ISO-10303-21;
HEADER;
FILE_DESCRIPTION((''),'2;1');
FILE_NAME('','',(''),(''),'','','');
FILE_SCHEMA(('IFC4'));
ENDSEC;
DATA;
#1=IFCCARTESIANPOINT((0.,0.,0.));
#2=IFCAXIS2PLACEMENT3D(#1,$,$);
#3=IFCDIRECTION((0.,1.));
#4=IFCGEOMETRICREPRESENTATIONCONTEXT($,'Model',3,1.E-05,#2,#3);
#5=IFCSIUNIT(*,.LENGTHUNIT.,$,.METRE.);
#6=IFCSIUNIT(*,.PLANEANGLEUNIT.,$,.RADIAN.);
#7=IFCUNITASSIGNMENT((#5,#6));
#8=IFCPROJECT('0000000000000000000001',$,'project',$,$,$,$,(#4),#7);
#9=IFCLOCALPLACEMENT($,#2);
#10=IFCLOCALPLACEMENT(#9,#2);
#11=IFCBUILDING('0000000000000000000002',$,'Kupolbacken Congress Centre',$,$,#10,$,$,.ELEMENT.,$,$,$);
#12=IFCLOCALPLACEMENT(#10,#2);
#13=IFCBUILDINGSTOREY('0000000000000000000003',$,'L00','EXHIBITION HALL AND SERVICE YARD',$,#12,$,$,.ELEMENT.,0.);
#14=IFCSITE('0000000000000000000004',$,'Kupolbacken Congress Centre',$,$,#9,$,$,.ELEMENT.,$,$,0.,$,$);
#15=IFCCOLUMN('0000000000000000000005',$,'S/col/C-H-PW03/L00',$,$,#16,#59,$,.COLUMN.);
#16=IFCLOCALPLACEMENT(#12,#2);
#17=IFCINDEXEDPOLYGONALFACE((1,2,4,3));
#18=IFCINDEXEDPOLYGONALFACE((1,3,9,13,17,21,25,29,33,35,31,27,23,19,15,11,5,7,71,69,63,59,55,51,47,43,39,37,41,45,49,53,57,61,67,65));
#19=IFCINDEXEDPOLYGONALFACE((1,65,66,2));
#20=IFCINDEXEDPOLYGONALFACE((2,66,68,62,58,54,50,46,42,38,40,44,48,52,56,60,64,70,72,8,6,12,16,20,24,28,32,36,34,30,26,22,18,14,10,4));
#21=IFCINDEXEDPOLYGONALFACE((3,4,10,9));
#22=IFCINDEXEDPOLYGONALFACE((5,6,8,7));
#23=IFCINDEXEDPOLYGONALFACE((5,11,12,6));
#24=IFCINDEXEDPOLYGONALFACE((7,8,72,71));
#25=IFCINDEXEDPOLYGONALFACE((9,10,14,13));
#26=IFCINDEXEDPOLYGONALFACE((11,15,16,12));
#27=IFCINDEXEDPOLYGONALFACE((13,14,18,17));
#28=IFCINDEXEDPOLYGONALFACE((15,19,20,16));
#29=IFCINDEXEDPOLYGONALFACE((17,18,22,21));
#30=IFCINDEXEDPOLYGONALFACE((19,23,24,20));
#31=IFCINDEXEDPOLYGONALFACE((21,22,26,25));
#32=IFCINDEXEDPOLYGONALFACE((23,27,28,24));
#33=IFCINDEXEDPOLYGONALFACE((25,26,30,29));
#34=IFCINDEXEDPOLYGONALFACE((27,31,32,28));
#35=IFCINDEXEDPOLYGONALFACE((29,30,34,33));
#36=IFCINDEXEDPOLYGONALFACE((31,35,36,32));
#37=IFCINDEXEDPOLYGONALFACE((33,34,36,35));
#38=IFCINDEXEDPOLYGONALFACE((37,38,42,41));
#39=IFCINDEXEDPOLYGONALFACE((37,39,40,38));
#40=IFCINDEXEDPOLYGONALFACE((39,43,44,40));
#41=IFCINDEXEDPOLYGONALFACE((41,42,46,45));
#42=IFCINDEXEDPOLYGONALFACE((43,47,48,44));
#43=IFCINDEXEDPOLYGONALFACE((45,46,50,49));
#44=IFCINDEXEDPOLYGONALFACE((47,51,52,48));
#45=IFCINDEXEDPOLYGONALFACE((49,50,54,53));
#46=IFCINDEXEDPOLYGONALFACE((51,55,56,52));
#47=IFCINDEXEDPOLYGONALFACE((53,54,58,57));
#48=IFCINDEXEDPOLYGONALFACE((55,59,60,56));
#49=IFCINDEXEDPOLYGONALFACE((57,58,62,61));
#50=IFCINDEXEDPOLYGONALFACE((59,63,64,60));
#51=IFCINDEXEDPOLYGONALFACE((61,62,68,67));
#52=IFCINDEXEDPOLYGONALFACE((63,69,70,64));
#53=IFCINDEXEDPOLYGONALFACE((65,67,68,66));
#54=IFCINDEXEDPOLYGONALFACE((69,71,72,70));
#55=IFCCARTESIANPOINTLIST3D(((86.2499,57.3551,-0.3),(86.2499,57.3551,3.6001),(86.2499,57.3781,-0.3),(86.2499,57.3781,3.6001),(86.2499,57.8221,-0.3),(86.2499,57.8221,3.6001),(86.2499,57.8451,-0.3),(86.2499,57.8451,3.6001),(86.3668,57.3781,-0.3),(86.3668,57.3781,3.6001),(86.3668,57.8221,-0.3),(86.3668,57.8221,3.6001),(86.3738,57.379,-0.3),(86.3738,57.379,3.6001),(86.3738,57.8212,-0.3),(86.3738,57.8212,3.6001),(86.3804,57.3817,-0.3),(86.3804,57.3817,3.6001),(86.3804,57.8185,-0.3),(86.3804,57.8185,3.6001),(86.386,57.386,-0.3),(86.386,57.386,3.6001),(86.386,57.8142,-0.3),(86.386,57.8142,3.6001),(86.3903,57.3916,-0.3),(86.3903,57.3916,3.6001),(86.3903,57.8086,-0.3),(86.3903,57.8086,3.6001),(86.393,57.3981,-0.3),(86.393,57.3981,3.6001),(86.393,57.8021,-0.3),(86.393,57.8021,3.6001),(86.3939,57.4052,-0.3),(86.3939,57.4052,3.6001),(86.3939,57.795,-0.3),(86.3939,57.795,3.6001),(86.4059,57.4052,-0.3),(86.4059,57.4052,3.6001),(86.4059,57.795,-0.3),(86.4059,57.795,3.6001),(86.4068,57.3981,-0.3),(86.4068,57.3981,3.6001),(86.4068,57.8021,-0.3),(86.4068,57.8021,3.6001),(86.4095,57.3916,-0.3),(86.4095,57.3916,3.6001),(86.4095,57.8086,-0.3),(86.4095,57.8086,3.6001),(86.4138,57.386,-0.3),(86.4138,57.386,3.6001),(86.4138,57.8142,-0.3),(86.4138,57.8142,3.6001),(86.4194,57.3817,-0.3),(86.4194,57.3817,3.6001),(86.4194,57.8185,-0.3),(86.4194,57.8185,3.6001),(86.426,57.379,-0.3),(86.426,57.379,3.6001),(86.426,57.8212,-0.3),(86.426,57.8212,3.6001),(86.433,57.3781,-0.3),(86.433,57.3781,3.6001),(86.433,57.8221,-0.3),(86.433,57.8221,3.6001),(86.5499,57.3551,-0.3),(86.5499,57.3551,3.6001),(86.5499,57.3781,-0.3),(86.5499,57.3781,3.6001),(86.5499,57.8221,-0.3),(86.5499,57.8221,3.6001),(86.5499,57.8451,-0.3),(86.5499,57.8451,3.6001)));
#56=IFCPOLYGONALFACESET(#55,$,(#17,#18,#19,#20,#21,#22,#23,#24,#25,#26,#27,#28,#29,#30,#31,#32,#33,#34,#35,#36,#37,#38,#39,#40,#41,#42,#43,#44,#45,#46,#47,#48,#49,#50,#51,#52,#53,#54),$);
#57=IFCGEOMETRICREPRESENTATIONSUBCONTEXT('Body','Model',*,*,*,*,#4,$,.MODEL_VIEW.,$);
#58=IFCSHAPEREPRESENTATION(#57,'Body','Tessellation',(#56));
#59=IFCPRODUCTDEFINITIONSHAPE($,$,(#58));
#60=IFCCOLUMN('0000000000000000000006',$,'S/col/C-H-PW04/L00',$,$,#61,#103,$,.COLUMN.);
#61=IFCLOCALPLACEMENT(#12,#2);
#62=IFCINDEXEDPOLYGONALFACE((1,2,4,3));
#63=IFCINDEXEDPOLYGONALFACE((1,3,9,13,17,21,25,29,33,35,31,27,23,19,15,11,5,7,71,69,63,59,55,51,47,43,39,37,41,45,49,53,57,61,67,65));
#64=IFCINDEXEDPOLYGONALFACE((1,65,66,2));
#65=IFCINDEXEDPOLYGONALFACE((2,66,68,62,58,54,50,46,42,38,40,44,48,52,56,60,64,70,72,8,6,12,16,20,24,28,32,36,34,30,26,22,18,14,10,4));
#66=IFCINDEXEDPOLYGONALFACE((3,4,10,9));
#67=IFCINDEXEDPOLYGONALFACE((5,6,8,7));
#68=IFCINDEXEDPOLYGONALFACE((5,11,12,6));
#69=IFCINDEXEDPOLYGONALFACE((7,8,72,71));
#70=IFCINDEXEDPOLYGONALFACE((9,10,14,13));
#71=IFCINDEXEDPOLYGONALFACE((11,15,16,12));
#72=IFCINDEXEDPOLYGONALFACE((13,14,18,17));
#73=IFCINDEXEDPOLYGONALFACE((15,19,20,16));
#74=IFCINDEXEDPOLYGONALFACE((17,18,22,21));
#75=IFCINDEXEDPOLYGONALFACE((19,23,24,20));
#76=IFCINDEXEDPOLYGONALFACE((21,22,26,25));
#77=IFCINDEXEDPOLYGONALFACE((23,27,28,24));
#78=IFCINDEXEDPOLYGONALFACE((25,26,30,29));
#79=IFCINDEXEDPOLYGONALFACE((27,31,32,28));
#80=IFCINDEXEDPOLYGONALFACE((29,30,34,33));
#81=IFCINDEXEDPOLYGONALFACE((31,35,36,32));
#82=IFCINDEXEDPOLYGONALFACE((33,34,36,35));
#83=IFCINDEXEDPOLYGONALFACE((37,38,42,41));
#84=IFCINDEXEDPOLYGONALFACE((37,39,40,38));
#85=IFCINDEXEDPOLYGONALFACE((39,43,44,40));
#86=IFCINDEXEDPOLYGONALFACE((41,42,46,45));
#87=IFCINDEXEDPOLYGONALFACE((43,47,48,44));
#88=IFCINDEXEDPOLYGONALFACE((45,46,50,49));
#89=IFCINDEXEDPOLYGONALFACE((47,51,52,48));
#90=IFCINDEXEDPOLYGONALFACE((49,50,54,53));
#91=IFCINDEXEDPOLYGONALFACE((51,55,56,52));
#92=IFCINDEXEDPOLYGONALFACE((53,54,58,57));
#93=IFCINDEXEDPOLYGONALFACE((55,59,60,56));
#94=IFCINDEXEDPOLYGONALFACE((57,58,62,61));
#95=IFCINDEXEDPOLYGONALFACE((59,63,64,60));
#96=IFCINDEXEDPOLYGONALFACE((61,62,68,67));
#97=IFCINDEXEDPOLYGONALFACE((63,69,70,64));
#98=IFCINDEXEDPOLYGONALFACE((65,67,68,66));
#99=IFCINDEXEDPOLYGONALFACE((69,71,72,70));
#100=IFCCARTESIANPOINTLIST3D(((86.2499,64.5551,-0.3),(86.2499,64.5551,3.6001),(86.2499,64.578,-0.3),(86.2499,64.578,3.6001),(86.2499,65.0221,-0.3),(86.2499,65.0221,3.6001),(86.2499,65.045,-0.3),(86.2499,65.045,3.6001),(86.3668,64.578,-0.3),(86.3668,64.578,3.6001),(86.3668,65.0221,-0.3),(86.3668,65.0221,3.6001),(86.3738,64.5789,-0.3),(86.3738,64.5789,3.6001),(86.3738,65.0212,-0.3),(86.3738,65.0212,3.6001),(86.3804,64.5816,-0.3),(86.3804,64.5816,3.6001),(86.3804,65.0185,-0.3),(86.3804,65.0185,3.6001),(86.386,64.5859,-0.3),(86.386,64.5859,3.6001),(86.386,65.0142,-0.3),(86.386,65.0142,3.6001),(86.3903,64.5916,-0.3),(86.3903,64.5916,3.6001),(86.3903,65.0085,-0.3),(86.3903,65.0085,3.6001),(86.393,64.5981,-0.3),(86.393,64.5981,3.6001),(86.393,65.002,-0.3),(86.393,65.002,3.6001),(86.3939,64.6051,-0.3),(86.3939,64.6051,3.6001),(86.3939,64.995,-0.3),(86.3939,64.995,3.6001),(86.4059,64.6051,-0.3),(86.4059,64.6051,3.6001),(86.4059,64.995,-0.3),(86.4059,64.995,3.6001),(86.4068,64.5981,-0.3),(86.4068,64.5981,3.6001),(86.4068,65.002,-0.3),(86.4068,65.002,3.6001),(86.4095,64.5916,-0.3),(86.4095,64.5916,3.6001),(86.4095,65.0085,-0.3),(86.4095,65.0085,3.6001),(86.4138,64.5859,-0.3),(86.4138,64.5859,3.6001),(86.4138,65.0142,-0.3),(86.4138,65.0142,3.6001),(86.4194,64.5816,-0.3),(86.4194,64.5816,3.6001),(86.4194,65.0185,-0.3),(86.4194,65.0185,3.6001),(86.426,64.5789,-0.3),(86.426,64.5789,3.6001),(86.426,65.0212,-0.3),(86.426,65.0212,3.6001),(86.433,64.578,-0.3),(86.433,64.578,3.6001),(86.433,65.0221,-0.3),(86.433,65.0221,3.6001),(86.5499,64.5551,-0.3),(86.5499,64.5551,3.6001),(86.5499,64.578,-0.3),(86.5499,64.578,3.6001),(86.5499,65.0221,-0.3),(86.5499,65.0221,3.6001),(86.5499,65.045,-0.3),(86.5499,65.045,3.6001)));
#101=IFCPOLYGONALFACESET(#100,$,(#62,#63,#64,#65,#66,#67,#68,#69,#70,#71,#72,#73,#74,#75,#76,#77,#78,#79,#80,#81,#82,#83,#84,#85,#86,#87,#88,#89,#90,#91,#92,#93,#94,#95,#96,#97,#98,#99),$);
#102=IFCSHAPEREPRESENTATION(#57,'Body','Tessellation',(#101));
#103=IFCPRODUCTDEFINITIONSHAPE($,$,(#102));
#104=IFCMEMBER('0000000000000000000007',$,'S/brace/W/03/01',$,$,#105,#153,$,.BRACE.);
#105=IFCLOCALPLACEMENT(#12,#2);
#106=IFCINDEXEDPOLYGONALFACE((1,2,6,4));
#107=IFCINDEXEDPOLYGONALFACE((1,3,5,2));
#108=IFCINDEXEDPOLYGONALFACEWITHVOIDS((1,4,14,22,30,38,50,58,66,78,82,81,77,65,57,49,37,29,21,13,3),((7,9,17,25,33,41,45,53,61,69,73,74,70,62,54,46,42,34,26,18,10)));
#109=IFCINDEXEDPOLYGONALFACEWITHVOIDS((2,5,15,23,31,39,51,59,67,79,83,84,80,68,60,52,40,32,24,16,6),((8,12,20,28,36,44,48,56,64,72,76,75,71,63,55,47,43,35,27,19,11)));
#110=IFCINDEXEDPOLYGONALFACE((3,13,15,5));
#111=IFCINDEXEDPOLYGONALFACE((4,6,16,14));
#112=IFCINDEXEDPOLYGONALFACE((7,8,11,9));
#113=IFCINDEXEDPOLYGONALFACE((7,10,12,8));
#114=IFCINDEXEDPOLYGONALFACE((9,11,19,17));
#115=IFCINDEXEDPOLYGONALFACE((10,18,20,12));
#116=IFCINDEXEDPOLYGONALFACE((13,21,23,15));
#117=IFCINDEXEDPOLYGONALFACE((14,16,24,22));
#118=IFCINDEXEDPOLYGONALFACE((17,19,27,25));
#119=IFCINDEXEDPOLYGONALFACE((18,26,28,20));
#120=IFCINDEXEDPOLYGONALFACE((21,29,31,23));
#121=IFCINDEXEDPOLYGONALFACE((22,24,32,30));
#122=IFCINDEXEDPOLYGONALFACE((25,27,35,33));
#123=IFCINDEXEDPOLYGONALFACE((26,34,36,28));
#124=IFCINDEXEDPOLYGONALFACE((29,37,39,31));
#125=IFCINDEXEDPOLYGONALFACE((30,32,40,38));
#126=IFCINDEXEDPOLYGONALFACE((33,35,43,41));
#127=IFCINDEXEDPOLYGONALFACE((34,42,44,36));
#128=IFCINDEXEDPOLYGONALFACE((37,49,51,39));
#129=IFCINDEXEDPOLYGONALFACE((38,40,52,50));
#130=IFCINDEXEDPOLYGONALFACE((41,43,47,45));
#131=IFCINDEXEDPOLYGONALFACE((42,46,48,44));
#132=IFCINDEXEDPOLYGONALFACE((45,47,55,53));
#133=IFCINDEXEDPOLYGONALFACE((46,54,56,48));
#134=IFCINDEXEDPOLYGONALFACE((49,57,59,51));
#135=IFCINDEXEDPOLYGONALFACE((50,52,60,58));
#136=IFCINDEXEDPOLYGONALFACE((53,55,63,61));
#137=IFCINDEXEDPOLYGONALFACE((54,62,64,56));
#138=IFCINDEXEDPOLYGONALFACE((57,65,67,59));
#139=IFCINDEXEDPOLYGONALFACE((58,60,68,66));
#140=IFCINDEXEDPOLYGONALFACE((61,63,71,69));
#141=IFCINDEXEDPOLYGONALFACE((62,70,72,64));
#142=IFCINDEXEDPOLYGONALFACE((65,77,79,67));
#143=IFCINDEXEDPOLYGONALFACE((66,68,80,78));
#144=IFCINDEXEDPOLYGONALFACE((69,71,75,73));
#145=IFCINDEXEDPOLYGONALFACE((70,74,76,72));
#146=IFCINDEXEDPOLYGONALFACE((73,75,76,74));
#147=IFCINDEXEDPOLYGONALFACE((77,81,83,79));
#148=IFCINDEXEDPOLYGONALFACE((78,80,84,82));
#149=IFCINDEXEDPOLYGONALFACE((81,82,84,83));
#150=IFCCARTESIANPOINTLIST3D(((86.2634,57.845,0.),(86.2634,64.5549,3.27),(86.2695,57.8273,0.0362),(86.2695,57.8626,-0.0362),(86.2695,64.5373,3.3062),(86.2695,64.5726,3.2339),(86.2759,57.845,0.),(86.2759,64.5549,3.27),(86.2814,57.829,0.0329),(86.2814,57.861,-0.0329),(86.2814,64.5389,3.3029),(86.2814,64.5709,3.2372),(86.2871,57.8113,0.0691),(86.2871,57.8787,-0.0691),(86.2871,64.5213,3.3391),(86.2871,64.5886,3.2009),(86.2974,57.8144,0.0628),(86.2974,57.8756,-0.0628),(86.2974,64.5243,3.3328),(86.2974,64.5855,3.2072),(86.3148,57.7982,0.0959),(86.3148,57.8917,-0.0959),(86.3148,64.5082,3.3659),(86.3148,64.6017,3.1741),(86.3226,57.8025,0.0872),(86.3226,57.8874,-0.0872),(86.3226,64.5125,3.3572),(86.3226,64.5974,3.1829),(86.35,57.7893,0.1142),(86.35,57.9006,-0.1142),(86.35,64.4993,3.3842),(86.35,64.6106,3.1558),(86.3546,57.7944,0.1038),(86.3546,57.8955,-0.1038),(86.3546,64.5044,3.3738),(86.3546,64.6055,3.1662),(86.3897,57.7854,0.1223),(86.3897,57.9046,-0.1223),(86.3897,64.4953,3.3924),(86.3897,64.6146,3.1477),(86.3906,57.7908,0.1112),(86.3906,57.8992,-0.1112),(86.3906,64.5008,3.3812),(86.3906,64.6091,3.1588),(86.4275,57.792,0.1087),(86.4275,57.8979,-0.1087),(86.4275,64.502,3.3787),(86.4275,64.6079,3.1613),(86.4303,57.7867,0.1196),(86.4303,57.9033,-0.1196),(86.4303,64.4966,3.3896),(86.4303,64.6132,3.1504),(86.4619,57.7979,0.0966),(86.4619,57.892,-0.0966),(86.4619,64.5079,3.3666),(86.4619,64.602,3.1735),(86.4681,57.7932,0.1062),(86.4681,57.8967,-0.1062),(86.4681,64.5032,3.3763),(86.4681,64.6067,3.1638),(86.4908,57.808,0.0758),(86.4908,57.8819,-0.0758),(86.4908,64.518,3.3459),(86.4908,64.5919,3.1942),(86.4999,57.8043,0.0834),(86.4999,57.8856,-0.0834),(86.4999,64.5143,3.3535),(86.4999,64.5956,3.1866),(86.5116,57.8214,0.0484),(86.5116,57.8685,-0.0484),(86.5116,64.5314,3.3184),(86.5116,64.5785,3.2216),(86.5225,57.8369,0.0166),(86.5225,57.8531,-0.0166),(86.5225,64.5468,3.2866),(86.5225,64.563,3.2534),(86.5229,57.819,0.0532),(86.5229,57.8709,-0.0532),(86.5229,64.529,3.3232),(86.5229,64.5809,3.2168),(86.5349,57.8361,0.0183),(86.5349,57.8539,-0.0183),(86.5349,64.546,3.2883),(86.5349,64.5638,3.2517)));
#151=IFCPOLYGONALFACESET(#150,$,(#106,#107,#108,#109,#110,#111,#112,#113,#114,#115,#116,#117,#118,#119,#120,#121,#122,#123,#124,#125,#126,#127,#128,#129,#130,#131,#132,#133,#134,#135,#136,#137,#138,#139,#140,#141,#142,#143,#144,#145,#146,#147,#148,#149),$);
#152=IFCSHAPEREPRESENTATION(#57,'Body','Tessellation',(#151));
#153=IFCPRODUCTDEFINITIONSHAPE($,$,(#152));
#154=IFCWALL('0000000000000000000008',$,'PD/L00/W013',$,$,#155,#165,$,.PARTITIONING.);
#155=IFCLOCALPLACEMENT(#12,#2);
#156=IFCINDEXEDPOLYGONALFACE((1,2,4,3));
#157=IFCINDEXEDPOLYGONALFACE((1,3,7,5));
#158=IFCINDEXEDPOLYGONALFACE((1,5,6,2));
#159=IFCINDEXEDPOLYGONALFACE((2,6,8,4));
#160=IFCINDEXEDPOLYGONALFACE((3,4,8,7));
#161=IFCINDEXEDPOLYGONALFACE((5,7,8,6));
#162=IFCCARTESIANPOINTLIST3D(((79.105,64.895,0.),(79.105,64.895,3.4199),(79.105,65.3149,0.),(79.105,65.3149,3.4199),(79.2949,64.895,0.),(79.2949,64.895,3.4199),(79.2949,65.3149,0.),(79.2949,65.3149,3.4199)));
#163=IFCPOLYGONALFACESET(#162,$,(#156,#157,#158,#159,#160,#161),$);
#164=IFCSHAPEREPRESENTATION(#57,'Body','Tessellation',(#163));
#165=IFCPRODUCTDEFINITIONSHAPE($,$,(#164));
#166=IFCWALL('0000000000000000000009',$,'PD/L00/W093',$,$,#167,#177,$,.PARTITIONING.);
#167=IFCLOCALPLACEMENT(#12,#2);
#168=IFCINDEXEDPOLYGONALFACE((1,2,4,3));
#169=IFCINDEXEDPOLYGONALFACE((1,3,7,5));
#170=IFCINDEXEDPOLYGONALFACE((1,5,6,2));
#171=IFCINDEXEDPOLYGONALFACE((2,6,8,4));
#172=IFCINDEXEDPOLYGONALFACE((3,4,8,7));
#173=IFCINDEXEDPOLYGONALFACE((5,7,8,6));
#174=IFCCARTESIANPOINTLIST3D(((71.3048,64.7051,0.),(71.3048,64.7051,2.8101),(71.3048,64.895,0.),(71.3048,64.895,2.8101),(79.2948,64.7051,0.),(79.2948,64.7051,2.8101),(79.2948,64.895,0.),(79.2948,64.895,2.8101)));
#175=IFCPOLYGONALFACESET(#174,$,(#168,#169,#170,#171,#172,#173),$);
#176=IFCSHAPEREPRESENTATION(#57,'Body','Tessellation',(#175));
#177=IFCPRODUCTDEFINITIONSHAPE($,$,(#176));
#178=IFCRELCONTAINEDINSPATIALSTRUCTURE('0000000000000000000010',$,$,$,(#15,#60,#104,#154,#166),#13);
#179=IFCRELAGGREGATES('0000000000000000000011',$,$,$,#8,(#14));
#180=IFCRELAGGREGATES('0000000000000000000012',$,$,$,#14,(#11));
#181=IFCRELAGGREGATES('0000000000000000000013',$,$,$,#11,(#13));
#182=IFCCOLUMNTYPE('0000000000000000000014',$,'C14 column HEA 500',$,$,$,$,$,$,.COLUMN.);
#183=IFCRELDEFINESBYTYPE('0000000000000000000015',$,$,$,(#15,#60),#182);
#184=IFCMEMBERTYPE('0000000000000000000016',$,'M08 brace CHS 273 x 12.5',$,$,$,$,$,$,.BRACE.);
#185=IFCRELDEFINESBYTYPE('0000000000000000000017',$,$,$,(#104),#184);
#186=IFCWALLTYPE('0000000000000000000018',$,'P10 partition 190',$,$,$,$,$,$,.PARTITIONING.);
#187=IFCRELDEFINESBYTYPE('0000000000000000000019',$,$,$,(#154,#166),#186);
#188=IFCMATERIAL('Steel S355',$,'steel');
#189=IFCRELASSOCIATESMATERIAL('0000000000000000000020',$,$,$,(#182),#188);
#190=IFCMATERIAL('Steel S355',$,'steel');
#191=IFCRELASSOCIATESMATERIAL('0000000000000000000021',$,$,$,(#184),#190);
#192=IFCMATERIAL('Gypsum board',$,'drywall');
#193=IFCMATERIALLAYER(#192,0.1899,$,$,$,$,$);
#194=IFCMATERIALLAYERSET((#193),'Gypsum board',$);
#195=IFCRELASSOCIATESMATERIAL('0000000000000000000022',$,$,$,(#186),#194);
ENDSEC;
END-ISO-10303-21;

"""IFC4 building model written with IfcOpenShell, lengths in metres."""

from ifc_helpers import new_model, si_unit, direction, frame, frame_2d, origin, origin_2d, place, context, subcontext, project, spatial, rectangle, hollow_circle, i_section, extrude, material, layer, layer_set, material_profile, profile_set, type_object, element, save


model = new_model("IFC4")

# Units and contexts
model_context = context("Model", 3, precision=1e-05, world=origin(), true_north=direction((0.0, 1.0)))
body_context = subcontext(model_context, "Body", "Model", "MODEL_VIEW")
ifc_project = project(units=[si_unit("LENGTHUNIT", "METRE"), si_unit("PLANEANGLEUNIT", "RADIAN")], contexts=[model_context])

# Site, building, storey
site_placement = place(None, origin())
site = spatial("IfcSite", under=ifc_project, at=site_placement, Name="Kupolbacken Congress Centre", CompositionType="ELEMENT", RefElevation=0.0)
building_placement = place(site_placement, origin())
building = spatial("IfcBuilding", under=site, at=building_placement, Name="Kupolbacken Congress Centre", CompositionType="ELEMENT")
storey_placement = place(building_placement, origin())
storey = spatial("IfcBuildingStorey", under=building, at=storey_placement, Name="L00", Description="EXHIBITION HALL AND SERVICE YARD", CompositionType="ELEMENT", Elevation=0.0)

# Columns
ifc_material_1 = material(Name="Steel S355", Category="steel")
ifc_material_profile_1 = material_profile(ifc_material_1, i_section(OverallWidth=0.3, OverallDepth=0.49, WebThickness=0.012, FlangeThickness=0.0229, FilletRadius=0.0271, at=origin_2d()), Name="HEA 500")
ifc_profile_set_1 = profile_set([ifc_material_profile_1], Name="Steel S355")
column_type_1 = type_object("IfcColumnType", Name="C14 column HEA 500", PredefinedType="COLUMN", material=ifc_profile_set_1)
for number, where, z_axis, x_axis, name in (
    (1, (86.3999, 57.6001, -0.3), (0.0, 0.0, 1.0), (1.0, 0.0, 0.0), "S/col/C-H-PW03/L00"),
    (2, (86.3999, 64.8, -0.3), (0.0, 0.0, 1.0), (1.0, 0.0, 0.0), "S/col/C-H-PW04/L00"),
):
    element("IfcColumn", number, at=place(storey_placement, frame(where, z_axis=z_axis, x_axis=x_axis)), inside=storey, type_object=column_type_1, Name=name, PredefinedType="COLUMN", context=body_context, shape_type="SweptSolid", body=[
        extrude(i_section(OverallWidth=0.3, OverallDepth=0.49, WebThickness=0.012, FlangeThickness=0.0229, FilletRadius=0.0271, at=origin_2d()), origin(), (0.0, 0.0, 1.0), 3.9001),
    ])

# Member
ifc_material_2 = material(Name="Steel S355", Category="steel")
ifc_material_profile_2 = material_profile(ifc_material_2, hollow_circle(Radius=0.1365, WallThickness=0.0125, at=origin_2d()), Name="CHS 273 x 12.5")
ifc_profile_set_2 = profile_set([ifc_material_profile_2], Name="Steel S355")
member_type = type_object("IfcMemberType", Name="M08 brace CHS 273 x 12.5", PredefinedType="BRACE", material=ifc_profile_set_2)
member_placement = place(storey_placement, frame((86.3999, 57.845, 0.0), z_axis=(0.0, 0.898934, 0.438085), x_axis=(-1.0, 0.0, 0.0)))
element("IfcMember", 3, at=member_placement, inside=storey, type_object=member_type, Name="S/brace/W/03/01", PredefinedType="BRACE", context=body_context, shape_type="SweptSolid", body=[
    extrude(hollow_circle(Radius=0.1365, WallThickness=0.0125, at=origin_2d()), origin(), (0.0, 0.0, 1.0), 7.4644),
])

# Walls
ifc_material_3 = material(Name="Gypsum board", Category="drywall")
ifc_layer_1 = layer(ifc_material_3, 0.1899)
ifc_layer_set_1 = layer_set([ifc_layer_1], Name="Gypsum board")
wall_type_1 = type_object("IfcWallType", Name="P10 partition 190", PredefinedType="PARTITIONING", material=ifc_layer_set_1)
wall_1_placement = place(storey_placement, frame((79.2, 65.3149, 0.0), z_axis=(0.0, 0.0, 1.0), x_axis=(0.0, -1.0, 0.0)))
element("IfcWall", 4, at=wall_1_placement, inside=storey, type_object=wall_type_1, Name="PD/L00/W013", PredefinedType="PARTITIONING", context=body_context, shape_type="SweptSolid", body=[
    extrude(rectangle(XDim=0.4199, YDim=0.1899, at=frame_2d((0.21, 0.0))), origin(), (0.0, 0.0, 1.0), 3.4199),
])
wall_2_placement = place(storey_placement, frame((79.2949, 64.8, 0.0), z_axis=(0.0, 0.0, 1.0), x_axis=(-1.0, 0.0, 0.0)))
element("IfcWall", 5, at=wall_2_placement, inside=storey, type_object=wall_type_1, Name="PD/L00/W093", PredefinedType="PARTITIONING", context=body_context, shape_type="SweptSolid", body=[
    extrude(rectangle(XDim=7.99, YDim=0.1899, at=frame_2d((3.9951, 0.0))), origin(), (0.0, 0.0, 1.0), 2.8101),
])

save(model, "model.ifc")
